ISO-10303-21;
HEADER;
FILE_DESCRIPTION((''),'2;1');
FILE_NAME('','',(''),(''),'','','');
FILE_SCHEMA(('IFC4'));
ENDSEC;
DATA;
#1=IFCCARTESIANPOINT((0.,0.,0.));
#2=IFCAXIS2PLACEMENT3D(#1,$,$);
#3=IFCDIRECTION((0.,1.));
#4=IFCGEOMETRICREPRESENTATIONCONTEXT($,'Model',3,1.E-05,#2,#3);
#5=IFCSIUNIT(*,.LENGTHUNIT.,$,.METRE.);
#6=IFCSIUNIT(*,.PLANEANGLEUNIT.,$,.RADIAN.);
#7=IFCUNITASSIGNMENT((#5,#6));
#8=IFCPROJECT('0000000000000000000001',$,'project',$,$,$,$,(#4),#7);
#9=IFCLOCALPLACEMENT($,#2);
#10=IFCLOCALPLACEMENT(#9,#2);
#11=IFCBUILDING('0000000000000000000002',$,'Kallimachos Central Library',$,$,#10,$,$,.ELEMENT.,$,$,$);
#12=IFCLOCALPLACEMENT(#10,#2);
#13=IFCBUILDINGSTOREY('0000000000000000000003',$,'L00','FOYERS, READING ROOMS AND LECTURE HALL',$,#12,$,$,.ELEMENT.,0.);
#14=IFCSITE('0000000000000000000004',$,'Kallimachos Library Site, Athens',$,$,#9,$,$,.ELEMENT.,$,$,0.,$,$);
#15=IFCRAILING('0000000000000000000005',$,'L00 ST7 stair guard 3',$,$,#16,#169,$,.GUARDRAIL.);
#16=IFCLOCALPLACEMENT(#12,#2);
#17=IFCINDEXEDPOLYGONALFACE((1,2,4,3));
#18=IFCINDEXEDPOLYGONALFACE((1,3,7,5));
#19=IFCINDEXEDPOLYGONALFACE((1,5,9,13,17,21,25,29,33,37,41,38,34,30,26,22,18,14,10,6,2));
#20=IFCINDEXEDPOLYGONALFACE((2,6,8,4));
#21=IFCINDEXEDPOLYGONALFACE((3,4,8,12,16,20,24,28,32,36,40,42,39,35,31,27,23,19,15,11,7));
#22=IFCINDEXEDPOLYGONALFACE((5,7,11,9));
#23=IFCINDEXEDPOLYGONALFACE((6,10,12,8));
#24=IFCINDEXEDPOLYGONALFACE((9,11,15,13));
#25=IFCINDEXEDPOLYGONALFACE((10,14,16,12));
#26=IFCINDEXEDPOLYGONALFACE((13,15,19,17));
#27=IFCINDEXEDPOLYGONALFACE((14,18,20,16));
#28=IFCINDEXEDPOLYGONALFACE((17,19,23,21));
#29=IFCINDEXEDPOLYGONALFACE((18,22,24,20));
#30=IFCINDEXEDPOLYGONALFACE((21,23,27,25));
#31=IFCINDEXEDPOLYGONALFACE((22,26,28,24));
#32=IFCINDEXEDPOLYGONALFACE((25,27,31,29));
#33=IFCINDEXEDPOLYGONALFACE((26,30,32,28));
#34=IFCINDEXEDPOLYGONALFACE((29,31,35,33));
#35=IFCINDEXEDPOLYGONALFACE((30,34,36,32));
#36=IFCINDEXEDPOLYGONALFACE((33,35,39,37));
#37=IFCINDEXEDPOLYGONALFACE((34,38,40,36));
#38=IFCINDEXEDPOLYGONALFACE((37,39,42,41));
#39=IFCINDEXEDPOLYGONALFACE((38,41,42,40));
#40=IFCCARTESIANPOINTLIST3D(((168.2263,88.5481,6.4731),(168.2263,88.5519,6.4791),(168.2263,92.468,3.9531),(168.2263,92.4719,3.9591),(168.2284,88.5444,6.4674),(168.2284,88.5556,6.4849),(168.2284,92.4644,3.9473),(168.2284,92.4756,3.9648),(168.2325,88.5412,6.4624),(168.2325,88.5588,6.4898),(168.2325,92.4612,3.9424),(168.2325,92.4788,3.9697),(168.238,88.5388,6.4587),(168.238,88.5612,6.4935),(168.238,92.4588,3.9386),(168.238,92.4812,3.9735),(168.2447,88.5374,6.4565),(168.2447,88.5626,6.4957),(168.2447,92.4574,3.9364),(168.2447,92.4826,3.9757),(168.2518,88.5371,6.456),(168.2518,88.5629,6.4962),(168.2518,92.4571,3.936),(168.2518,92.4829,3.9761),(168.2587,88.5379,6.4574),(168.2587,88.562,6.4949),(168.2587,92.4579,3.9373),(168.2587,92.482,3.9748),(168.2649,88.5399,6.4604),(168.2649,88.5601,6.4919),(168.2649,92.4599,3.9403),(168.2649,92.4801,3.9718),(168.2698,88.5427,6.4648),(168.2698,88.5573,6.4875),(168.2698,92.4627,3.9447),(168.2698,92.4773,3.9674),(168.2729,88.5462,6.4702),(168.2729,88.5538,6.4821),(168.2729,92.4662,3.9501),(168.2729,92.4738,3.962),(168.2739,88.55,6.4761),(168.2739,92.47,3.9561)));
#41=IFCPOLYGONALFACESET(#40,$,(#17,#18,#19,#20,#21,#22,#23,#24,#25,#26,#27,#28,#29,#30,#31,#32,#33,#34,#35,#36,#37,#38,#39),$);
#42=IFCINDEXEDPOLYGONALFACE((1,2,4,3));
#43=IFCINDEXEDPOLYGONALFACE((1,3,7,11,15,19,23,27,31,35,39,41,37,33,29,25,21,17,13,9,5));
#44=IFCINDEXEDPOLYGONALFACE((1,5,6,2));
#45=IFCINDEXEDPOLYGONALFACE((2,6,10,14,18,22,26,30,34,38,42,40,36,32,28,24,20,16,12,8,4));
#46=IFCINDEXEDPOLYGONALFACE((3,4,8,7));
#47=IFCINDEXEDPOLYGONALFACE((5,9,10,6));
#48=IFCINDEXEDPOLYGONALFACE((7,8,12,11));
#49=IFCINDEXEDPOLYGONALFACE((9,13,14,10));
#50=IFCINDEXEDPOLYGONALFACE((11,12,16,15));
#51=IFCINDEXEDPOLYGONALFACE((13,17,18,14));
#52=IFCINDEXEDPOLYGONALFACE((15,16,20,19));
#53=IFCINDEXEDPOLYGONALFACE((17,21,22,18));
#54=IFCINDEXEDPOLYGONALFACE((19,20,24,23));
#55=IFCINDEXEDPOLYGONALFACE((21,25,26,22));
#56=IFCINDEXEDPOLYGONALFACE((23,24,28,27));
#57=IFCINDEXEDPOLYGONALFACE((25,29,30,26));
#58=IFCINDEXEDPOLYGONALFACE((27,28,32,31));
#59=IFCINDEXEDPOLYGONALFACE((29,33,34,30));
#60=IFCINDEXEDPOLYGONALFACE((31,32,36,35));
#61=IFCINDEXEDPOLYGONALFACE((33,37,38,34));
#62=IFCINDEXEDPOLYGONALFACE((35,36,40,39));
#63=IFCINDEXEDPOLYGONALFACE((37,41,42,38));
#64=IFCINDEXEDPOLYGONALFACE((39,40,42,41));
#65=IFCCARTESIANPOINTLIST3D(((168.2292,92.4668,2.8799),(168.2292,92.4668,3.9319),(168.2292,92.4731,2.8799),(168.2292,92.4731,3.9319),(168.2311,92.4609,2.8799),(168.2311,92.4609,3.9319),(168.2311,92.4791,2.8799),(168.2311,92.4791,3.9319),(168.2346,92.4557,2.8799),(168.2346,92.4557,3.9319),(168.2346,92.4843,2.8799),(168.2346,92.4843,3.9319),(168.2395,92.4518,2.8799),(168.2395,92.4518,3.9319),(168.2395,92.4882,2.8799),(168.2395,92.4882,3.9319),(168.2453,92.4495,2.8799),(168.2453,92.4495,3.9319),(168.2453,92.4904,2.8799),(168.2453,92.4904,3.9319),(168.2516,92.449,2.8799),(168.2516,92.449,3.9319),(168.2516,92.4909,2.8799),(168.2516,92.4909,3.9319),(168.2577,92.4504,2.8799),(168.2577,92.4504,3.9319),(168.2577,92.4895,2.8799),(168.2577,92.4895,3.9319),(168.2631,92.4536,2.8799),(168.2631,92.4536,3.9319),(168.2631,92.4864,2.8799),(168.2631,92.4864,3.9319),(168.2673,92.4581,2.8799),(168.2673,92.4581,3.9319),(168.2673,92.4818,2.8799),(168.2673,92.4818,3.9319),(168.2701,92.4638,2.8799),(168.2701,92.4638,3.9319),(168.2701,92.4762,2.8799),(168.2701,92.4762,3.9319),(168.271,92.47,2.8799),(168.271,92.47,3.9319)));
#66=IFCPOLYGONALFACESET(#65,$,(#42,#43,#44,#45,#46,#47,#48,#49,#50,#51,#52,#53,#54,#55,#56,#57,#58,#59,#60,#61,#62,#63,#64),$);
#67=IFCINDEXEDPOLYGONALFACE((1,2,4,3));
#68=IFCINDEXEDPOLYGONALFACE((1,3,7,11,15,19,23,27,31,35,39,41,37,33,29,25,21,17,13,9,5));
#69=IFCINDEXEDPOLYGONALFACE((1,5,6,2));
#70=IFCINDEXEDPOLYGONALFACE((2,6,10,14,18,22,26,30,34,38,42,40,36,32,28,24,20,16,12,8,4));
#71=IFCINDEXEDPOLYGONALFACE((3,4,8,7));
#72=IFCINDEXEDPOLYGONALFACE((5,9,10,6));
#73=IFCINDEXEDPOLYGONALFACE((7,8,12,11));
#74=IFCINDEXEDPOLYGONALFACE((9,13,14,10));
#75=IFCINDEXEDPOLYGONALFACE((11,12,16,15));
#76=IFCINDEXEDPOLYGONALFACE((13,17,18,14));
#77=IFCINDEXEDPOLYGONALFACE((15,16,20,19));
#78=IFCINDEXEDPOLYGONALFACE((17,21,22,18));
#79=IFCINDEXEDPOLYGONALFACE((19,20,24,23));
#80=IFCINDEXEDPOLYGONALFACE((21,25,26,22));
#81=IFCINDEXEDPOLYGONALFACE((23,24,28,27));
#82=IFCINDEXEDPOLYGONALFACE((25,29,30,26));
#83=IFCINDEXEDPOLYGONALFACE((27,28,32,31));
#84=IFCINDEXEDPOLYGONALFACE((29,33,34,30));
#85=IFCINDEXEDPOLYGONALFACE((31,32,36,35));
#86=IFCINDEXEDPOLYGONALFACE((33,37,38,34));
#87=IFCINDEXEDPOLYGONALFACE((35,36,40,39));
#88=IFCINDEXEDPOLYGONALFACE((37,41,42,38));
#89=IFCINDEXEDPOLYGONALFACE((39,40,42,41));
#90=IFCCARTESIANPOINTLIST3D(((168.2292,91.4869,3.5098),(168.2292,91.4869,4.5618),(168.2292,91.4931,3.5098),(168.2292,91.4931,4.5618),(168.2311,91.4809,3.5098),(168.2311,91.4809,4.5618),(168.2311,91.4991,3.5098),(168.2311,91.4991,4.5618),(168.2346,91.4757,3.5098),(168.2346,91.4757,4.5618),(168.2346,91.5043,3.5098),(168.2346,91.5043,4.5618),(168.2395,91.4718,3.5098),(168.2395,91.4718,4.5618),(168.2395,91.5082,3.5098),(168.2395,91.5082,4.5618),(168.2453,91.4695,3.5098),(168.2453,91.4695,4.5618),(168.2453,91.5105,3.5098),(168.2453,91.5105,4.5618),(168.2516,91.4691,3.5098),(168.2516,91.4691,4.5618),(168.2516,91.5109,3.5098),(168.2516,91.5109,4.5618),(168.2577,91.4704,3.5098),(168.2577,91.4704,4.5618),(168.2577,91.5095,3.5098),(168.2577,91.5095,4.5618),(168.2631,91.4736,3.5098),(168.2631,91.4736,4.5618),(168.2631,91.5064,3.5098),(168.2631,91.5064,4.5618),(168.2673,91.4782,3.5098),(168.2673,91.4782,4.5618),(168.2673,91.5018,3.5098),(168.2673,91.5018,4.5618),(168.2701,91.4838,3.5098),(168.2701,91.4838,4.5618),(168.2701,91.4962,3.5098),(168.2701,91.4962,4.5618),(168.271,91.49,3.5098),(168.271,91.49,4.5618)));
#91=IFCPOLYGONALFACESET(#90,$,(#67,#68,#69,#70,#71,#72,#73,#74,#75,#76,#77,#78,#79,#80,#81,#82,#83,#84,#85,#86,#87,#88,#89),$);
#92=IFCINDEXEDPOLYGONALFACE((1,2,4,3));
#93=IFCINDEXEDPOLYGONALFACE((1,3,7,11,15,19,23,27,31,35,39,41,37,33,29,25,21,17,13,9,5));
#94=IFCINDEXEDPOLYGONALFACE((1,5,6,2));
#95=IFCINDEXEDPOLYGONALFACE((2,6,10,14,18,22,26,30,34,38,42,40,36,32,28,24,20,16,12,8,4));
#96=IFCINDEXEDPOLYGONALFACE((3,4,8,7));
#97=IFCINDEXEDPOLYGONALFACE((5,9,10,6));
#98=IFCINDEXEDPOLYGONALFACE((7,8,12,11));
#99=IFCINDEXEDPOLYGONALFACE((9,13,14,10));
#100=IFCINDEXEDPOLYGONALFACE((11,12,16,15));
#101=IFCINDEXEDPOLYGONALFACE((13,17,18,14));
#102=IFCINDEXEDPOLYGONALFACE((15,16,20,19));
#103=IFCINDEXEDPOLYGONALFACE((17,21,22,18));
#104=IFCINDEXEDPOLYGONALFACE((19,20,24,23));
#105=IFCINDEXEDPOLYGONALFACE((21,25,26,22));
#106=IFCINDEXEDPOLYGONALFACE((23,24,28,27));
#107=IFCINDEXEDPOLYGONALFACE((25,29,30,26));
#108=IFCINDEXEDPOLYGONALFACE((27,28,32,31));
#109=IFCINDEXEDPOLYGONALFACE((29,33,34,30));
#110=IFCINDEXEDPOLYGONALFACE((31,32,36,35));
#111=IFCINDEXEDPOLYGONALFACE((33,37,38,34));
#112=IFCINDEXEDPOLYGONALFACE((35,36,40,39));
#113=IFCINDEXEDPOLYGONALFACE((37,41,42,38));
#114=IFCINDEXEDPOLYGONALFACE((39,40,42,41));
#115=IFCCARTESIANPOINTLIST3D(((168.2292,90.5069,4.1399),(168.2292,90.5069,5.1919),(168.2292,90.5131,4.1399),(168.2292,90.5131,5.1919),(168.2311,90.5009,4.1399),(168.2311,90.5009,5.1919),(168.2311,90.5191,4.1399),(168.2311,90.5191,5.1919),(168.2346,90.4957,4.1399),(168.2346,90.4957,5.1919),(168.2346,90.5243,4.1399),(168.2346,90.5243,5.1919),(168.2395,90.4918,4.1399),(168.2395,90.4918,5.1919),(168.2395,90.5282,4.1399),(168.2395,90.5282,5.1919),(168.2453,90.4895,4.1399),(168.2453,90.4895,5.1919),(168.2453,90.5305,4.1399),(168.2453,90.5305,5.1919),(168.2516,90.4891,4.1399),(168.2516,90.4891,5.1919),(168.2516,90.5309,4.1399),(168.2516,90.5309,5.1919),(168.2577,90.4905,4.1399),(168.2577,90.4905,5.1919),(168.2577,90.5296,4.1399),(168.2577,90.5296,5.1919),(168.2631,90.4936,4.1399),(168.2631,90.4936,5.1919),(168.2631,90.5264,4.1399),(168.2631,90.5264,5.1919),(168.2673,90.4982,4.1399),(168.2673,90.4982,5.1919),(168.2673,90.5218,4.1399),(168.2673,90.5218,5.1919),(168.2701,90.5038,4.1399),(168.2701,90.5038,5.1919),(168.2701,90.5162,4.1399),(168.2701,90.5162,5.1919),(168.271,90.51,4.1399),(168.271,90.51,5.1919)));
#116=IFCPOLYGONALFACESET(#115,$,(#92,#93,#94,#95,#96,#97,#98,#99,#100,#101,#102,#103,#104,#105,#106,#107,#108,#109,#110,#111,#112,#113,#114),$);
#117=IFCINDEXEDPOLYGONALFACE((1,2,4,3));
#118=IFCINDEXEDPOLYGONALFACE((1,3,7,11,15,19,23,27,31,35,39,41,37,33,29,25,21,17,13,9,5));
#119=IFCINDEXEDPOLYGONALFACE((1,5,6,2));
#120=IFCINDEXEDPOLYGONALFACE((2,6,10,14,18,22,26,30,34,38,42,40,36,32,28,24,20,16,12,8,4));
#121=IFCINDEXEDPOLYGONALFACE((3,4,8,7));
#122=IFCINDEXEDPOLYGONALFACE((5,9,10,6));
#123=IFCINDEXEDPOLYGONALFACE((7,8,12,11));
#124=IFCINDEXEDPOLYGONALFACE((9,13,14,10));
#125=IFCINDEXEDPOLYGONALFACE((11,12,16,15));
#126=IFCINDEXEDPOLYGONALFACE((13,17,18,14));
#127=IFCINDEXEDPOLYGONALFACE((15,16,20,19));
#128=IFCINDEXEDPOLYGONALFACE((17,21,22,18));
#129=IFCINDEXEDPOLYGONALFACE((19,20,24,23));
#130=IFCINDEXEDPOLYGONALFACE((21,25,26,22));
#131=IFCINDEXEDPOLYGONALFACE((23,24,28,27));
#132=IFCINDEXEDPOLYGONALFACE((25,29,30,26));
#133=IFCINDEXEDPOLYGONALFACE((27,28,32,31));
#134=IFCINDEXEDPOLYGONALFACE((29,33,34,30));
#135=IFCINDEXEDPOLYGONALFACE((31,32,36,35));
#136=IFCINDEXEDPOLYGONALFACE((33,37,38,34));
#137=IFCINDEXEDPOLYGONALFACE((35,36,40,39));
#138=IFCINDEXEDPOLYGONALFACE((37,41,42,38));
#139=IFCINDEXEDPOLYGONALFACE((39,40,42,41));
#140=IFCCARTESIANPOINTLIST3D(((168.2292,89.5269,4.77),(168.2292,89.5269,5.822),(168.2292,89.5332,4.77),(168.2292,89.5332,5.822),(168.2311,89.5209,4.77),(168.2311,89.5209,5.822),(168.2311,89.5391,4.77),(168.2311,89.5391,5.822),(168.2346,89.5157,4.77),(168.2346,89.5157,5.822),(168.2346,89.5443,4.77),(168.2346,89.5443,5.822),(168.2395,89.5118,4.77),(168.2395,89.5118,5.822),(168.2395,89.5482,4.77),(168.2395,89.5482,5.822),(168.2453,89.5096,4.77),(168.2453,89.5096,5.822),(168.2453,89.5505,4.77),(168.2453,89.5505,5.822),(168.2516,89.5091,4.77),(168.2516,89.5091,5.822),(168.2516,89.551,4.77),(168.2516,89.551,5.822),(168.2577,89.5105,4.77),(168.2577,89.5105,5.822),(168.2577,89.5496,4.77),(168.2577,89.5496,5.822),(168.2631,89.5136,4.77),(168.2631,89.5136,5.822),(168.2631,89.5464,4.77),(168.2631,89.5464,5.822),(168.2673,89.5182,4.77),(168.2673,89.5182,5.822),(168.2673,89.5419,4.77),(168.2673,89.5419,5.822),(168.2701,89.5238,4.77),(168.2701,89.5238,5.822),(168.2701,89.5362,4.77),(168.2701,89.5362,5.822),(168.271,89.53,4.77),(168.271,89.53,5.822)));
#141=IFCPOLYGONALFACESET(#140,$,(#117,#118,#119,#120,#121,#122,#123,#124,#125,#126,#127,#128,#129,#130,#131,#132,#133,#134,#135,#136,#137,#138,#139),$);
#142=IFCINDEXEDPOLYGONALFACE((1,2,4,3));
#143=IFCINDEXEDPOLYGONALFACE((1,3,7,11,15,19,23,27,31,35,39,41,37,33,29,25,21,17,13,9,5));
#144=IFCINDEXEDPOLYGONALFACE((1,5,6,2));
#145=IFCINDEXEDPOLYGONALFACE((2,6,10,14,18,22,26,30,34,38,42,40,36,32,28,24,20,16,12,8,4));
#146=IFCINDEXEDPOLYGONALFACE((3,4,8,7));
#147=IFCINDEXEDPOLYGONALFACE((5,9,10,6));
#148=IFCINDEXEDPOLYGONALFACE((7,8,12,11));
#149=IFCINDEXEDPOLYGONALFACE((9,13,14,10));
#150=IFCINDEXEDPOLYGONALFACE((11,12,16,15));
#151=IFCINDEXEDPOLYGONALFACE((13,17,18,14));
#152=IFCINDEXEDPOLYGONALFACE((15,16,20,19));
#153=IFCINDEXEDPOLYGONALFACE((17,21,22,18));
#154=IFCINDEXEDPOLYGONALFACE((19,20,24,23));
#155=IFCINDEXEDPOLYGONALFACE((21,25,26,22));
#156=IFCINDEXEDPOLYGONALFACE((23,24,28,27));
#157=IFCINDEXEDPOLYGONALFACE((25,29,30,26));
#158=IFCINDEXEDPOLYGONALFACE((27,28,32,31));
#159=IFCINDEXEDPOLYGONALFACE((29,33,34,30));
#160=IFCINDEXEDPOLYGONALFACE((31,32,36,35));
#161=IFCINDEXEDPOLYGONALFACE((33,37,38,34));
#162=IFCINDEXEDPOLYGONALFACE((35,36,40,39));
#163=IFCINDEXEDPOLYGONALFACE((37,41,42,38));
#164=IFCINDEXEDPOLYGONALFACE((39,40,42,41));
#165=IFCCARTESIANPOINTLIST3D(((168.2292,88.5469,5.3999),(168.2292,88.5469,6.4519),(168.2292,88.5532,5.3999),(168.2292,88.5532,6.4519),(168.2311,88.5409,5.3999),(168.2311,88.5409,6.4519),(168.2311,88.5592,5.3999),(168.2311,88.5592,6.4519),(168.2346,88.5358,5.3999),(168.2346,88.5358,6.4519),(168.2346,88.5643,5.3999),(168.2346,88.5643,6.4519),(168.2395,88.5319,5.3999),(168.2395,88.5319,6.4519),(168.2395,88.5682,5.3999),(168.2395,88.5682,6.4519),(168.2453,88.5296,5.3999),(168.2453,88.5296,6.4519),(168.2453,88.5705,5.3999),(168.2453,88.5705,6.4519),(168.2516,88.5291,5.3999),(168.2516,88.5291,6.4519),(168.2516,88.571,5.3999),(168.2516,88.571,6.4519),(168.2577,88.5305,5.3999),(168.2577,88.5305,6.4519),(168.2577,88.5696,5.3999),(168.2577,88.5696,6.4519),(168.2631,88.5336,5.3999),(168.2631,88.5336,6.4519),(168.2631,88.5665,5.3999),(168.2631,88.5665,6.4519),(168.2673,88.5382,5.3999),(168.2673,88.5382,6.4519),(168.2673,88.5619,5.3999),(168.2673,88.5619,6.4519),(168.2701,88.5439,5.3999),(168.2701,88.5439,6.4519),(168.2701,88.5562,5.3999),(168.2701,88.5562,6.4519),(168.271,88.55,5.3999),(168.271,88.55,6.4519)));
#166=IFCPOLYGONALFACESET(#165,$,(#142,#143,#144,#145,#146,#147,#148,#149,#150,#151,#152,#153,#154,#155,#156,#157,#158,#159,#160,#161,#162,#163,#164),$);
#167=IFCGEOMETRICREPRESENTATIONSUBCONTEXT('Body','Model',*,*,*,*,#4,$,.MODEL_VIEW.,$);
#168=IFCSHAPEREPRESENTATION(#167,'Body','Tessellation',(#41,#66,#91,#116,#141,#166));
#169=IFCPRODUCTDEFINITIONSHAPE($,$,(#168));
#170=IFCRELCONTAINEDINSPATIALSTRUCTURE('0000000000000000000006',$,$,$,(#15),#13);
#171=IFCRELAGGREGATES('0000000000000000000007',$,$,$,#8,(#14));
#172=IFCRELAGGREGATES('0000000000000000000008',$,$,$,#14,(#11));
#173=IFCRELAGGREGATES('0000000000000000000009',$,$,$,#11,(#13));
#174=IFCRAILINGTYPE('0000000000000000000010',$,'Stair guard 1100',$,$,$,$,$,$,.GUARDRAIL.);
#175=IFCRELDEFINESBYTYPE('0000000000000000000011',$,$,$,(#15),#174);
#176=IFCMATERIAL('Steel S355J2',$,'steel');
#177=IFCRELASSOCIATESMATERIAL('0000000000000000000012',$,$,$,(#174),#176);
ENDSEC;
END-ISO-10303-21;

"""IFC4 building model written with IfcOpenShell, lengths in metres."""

from ifc_helpers import new_model, si_unit, direction, frame, origin, origin_2d, place, context, subcontext, project, spatial, circle, extrude, material, type_object, element, save


model = new_model("IFC4")

# Units and contexts
model_context = context("Model", 3, precision=1e-05, world=origin(), true_north=direction((0.0, 1.0)))
body_context = subcontext(model_context, "Body", "Model", "MODEL_VIEW")
ifc_project = project(units=[si_unit("LENGTHUNIT", "METRE"), si_unit("PLANEANGLEUNIT", "RADIAN")], contexts=[model_context])

# Site, building, storey
site_placement = place(None, origin())
site = spatial("IfcSite", under=ifc_project, at=site_placement, Name="Kallimachos Library Site, Athens", CompositionType="ELEMENT", RefElevation=0.0)
building_placement = place(site_placement, origin())
building = spatial("IfcBuilding", under=site, at=building_placement, Name="Kallimachos Central Library", CompositionType="ELEMENT")
storey_placement = place(building_placement, origin())
storey = spatial("IfcBuildingStorey", under=building, at=storey_placement, Name="L00", Description="FOYERS, READING ROOMS AND LECTURE HALL", CompositionType="ELEMENT", Elevation=0.0)

# Railing
ifc_material_1 = material(Name="Steel S355J2", Category="steel")
railing_type_1 = type_object("IfcRailingType", Name="Stair guard 1100", PredefinedType="GUARDRAIL", material=ifc_material_1)
railing_1_placement = place(storey_placement, frame((168.25, 92.47, 2.8799)))
element("IfcRailing", 1, at=railing_1_placement, inside=storey, type_object=railing_type_1, Name="L00 ST7 stair guard 3", PredefinedType="GUARDRAIL", context=body_context, shape_type="SweptSolid", body=[
    extrude(circle(Radius=0.0239, at=origin_2d()), frame((0.0, 0.0, 1.0762), z_axis=(0.0, -0.841172, 0.540768), x_axis=(1.0, 0.0, 0.0)), (0.0, 0.0, 1.0), 4.6602),
    extrude(circle(Radius=0.021, at=origin_2d()), origin(), (0.0, 0.0, 1.0), 1.052),
    extrude(circle(Radius=0.021, at=origin_2d()), frame((0.0, -0.98, 0.6299)), (0.0, 0.0, 1.0), 1.052),
    extrude(circle(Radius=0.021, at=origin_2d()), frame((0.0, -1.96, 1.26)), (0.0, 0.0, 1.0), 1.052),
    extrude(circle(Radius=0.021, at=origin_2d()), frame((0.0, -2.9399, 1.8901)), (0.0, 0.0, 1.0), 1.052),
    extrude(circle(Radius=0.021, at=origin_2d()), frame((0.0, -3.9199, 2.52)), (0.0, 0.0, 1.0), 1.052),
])

save(model, "model.ifc")
